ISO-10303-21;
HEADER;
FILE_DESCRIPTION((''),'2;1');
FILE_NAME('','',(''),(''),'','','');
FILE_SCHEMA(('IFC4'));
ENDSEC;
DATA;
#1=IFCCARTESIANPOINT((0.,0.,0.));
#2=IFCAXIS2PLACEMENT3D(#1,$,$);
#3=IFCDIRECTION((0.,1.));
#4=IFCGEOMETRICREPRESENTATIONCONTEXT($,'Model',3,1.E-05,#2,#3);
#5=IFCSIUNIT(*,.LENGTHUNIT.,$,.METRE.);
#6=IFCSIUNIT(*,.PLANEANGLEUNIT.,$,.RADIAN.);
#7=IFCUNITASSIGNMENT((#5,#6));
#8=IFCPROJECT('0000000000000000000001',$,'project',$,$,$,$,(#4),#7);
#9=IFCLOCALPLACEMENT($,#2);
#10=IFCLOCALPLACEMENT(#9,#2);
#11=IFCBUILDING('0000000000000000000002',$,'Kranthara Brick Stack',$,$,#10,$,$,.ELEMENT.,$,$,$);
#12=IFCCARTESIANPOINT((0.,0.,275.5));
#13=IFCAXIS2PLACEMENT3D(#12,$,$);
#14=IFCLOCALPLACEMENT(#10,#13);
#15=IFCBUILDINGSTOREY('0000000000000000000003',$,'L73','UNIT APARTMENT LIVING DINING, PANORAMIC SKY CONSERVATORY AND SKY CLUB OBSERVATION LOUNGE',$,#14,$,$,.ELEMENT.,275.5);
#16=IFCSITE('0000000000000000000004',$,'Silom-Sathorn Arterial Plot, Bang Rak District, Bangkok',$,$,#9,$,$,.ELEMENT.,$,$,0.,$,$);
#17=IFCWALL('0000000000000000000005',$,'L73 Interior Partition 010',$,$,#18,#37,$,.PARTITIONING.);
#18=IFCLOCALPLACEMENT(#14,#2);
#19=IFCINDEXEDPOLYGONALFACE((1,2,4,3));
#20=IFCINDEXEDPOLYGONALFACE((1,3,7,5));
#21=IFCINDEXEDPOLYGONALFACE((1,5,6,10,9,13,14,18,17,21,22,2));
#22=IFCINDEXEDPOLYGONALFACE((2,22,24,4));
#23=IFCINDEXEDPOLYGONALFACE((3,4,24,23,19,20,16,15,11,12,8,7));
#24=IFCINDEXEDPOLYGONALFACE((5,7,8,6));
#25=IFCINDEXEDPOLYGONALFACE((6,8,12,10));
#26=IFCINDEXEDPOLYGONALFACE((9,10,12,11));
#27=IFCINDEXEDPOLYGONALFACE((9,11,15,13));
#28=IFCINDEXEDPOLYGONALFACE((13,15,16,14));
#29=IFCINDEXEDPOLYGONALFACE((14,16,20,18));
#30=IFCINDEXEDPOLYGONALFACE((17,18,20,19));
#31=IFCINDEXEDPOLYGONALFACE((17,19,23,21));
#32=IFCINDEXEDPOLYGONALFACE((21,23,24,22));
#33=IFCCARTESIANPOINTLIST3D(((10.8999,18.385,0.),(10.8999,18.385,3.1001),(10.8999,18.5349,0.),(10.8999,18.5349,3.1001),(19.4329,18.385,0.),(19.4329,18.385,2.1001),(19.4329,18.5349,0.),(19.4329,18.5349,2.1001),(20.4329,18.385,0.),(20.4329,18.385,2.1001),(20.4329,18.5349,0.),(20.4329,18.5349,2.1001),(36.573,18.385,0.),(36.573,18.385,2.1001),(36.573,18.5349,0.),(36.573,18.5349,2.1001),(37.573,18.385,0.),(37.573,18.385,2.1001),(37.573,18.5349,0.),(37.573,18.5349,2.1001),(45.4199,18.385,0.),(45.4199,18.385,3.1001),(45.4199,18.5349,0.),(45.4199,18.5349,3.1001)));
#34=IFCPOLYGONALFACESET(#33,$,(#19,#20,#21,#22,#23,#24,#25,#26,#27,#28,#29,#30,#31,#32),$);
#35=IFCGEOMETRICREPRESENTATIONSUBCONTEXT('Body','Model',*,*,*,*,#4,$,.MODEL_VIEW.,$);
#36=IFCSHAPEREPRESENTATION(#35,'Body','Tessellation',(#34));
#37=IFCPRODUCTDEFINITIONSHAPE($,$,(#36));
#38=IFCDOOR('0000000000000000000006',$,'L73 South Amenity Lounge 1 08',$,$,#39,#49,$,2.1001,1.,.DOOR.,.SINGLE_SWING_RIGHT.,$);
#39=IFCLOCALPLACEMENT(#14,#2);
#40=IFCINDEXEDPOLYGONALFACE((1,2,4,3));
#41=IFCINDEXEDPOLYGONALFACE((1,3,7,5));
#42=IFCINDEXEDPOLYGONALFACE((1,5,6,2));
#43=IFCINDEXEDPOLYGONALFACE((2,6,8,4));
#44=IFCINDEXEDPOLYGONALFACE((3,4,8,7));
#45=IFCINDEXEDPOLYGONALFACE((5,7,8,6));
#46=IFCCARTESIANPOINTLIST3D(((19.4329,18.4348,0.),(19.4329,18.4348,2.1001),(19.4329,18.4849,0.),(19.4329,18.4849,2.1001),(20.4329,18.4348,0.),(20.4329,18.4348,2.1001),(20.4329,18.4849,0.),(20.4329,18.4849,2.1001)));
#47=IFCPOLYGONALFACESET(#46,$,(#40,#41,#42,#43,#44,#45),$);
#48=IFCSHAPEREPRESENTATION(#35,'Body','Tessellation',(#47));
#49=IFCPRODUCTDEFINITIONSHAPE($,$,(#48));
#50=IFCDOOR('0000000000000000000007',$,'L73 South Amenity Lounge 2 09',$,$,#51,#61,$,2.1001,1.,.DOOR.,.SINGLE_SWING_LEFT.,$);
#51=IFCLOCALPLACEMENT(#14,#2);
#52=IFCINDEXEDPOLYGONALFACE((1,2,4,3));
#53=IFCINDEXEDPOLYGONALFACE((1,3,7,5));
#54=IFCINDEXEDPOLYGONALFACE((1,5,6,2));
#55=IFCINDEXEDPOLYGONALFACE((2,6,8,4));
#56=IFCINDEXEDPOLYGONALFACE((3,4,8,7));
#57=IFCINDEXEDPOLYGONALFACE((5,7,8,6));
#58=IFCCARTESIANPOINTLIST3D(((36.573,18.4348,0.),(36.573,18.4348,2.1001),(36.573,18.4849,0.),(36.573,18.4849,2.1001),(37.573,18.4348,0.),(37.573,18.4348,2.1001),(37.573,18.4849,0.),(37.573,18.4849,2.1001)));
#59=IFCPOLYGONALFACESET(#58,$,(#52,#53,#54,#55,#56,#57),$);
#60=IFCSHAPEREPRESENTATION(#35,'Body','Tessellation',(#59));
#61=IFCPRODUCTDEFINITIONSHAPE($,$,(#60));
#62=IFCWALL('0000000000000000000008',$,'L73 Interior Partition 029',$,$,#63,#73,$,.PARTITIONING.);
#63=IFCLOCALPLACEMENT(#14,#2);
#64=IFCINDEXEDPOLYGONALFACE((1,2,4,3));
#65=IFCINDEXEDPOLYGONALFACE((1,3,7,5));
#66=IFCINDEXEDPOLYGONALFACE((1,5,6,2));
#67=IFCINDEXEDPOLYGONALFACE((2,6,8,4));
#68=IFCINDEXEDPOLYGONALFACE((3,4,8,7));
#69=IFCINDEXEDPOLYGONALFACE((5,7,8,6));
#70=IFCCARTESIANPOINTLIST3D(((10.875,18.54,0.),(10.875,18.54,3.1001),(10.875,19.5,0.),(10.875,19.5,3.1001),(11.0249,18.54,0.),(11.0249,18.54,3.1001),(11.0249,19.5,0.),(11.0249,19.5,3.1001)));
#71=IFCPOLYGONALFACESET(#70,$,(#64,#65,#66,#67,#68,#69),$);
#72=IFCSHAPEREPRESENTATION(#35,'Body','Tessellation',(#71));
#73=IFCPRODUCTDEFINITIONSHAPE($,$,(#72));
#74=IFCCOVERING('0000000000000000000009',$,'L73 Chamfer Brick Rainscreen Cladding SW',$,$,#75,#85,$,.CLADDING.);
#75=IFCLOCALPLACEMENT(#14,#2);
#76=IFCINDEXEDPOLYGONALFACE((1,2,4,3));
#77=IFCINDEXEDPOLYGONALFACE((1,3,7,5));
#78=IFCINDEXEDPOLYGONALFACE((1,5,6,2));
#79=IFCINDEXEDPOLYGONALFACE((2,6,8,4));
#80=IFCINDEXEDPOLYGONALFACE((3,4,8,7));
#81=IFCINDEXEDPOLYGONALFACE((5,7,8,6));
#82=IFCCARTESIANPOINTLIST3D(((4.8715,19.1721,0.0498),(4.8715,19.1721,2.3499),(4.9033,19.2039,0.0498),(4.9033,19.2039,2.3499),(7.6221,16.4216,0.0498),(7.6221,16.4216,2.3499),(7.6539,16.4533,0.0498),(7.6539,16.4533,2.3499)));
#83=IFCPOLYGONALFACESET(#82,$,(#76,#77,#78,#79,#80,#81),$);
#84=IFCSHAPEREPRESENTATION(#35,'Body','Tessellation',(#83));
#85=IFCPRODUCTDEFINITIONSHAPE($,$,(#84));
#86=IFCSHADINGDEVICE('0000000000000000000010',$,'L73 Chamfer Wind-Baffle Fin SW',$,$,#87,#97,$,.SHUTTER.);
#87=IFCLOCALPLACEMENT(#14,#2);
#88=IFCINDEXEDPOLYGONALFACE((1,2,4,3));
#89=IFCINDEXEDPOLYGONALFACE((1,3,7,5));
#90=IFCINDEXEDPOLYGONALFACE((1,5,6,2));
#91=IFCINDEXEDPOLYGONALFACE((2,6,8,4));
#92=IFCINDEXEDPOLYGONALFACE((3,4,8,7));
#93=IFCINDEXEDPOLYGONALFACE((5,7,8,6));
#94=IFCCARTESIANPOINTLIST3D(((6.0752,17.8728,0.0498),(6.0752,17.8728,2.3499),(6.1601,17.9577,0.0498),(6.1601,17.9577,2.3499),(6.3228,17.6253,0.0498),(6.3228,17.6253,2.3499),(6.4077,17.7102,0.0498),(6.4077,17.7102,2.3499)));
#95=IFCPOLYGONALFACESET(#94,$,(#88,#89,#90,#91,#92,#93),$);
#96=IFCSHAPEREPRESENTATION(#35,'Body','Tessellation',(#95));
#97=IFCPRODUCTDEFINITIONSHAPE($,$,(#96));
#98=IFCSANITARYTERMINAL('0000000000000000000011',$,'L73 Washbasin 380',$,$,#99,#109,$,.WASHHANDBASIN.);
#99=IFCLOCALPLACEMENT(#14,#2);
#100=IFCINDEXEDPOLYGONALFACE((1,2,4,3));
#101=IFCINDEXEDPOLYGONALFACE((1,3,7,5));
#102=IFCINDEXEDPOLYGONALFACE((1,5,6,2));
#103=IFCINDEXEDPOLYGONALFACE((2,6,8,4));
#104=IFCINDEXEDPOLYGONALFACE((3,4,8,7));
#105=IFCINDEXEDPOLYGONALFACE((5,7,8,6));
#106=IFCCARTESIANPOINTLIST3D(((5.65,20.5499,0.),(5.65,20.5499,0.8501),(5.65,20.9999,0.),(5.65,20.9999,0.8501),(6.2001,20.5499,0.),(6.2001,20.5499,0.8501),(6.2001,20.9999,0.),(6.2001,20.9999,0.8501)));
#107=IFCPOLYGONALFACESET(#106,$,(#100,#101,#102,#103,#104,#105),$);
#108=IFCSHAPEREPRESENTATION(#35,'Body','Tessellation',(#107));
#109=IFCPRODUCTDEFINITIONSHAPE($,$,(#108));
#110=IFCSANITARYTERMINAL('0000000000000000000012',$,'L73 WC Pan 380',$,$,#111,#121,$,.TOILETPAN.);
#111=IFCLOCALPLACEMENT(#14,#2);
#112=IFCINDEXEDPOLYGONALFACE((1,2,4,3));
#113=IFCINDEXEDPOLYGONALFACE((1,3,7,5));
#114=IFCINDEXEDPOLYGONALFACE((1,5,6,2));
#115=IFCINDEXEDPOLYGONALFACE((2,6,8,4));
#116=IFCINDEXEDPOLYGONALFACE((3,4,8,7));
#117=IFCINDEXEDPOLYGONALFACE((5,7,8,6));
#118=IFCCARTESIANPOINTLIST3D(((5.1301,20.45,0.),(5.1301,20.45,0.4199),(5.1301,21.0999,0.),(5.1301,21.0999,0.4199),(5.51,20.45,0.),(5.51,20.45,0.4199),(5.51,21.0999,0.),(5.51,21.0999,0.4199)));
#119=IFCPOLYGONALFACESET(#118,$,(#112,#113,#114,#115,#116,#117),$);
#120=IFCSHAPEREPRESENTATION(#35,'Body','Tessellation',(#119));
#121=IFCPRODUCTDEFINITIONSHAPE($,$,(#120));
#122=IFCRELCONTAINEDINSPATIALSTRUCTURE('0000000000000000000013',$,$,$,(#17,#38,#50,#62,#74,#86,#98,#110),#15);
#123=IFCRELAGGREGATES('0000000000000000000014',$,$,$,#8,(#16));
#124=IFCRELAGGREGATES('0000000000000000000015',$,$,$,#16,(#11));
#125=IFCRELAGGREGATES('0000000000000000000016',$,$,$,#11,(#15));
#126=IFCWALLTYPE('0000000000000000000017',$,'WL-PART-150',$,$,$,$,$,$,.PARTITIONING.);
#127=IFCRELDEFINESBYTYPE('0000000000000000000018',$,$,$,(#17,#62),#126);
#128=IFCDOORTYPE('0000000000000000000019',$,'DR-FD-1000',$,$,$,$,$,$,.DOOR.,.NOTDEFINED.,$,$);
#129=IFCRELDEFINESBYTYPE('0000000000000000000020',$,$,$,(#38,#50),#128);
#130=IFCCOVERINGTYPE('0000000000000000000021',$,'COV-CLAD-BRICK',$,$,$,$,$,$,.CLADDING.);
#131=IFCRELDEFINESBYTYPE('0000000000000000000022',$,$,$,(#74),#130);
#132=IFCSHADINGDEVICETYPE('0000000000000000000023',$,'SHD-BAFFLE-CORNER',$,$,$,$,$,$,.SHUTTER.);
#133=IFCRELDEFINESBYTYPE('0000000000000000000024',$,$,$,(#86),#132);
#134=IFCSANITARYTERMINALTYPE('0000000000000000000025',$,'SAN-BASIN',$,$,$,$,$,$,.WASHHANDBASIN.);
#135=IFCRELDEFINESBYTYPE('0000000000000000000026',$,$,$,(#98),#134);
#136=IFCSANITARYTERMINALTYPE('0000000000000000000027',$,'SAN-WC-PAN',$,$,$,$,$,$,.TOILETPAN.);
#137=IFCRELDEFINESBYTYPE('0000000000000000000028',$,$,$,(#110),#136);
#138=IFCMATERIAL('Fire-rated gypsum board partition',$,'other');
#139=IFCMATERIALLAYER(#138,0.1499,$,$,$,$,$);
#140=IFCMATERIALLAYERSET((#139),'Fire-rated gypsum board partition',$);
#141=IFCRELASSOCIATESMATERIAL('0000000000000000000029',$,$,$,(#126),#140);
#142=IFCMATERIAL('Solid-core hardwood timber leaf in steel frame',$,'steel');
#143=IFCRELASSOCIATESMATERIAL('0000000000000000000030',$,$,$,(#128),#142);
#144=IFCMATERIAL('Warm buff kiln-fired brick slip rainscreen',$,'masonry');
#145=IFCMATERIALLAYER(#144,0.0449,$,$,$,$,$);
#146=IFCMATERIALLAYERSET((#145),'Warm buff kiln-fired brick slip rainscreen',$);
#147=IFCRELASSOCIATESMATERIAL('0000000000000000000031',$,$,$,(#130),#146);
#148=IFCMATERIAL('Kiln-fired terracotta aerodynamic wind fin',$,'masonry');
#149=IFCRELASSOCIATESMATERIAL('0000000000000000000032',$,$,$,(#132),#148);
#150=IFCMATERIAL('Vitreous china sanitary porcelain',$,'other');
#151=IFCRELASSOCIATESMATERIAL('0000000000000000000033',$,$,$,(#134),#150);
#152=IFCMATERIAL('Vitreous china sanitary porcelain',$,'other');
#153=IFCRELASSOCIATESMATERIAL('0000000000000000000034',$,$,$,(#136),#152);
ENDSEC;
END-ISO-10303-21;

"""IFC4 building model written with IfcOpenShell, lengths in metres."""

from ifc_helpers import new_model, si_unit, direction, frame, frame_2d, origin, origin_2d, place, context, subcontext, project, spatial, rectangle, extrude, material, layer, layer_set, type_object, element, fill, save


model = new_model("IFC4")

# Units and contexts
model_context = context("Model", 3, precision=1e-05, world=origin(), true_north=direction((0.0, 1.0)))
body_context = subcontext(model_context, "Body", "Model", "MODEL_VIEW")
ifc_project = project(units=[si_unit("LENGTHUNIT", "METRE"), si_unit("PLANEANGLEUNIT", "RADIAN")], contexts=[model_context])

# Site, building, storey
site_placement = place(None, origin())
site = spatial("IfcSite", under=ifc_project, at=site_placement, Name="Silom-Sathorn Arterial Plot, Bang Rak District, Bangkok", CompositionType="ELEMENT", RefElevation=0.0)
building_placement = place(site_placement, origin())
building = spatial("IfcBuilding", under=site, at=building_placement, Name="Kranthara Brick Stack", CompositionType="ELEMENT")
storey_placement = place(building_placement, frame((0.0, 0.0, 275.5)))
storey = spatial("IfcBuildingStorey", under=building, at=storey_placement, Name="L73", Description="UNIT APARTMENT LIVING DINING, PANORAMIC SKY CONSERVATORY AND SKY CLUB OBSERVATION LOUNGE", CompositionType="ELEMENT", Elevation=275.5)

# Wall, openings, doors
ifc_material_1 = material(Name="Fire-rated gypsum board partition", Category="other")
ifc_layer_1 = layer(ifc_material_1, 0.1499)
ifc_layer_set_1 = layer_set([ifc_layer_1], Name="Fire-rated gypsum board partition")
wall_type_1 = type_object("IfcWallType", Name="WL-PART-150", PredefinedType="PARTITIONING", material=ifc_layer_set_1)
wall_1_placement = place(storey_placement, frame((10.8999, 18.46, 0.0), z_axis=(0.0, 0.0, 1.0), x_axis=(1.0, 0.0, 0.0)))
wall_1 = element("IfcWall", 1, at=wall_1_placement, inside=storey, type_object=wall_type_1, Name="L73 Interior Partition 010", PredefinedType="PARTITIONING", context=body_context, shape_type="SweptSolid", body=[
    extrude(rectangle(XDim=34.52, YDim=0.1499, at=frame_2d((17.26, 0.0))), origin(), (0.0, 0.0, 1.0), 3.1001),
])
opening_1_placement = place(wall_1_placement, frame((8.533, 0.0, 0.0)))
opening_1 = element("IfcOpeningElement", 2, at=opening_1_placement, cuts=wall_1, PredefinedType="OPENING", context=body_context, shape_type="SweptSolid", body=[
    extrude(rectangle(XDim=1.0, YDim=2.1001, at=frame_2d((0.5, 1.05))), frame((0.0, 0.085, 0.0), z_axis=(0.0, -1.0, 0.0), x_axis=(1.0, 0.0, 0.0)), (0.0, 0.0, 1.0), 0.1699),
])
opening_2_placement = place(wall_1_placement, frame((25.6731, 0.0, 0.0)))
opening_2 = element("IfcOpeningElement", 3, at=opening_2_placement, cuts=wall_1, PredefinedType="OPENING", context=body_context, shape_type="SweptSolid", body=[
    extrude(rectangle(XDim=1.0, YDim=2.1001, at=frame_2d((0.5, 1.05))), frame((0.0, 0.085, 0.0), z_axis=(0.0, -1.0, 0.0), x_axis=(1.0, 0.0, 0.0)), (0.0, 0.0, 1.0), 0.1699),
])
ifc_material_2 = material(Name="Solid-core hardwood timber leaf in steel frame", Category="steel")
door_type = type_object("IfcDoorType", Name="DR-FD-1000", OperationType="NOTDEFINED", PredefinedType="DOOR", material=ifc_material_2)
door_1_placement = place(opening_1_placement, origin())
door_1 = element("IfcDoor", 4, at=door_1_placement, inside=storey, type_object=door_type, Name="L73 South Amenity Lounge 1 08", OperationType="SINGLE_SWING_RIGHT", OverallHeight=2.1001, OverallWidth=1.0, PredefinedType="DOOR", context=body_context, shape_type="SweptSolid", body=[
    extrude(rectangle(XDim=1.0, YDim=2.1001, at=frame_2d((0.5, 1.05))), frame((0.0, 0.0249, 0.0), z_axis=(0.0, -1.0, 0.0), x_axis=(1.0, 0.0, 0.0)), (0.0, 0.0, 1.0), 0.05),
])
fill(opening_1, door_1)
door_2_placement = place(opening_2_placement, origin())
door_2 = element("IfcDoor", 5, at=door_2_placement, inside=storey, type_object=door_type, Name="L73 South Amenity Lounge 2 09", OperationType="SINGLE_SWING_LEFT", OverallHeight=2.1001, OverallWidth=1.0, PredefinedType="DOOR", context=body_context, shape_type="SweptSolid", body=[
    extrude(rectangle(XDim=1.0, YDim=2.1001, at=frame_2d((0.5, 1.05))), frame((0.0, 0.0249, 0.0), z_axis=(0.0, -1.0, 0.0), x_axis=(1.0, 0.0, 0.0)), (0.0, 0.0, 1.0), 0.05),
])
fill(opening_2, door_2)

# Wall
wall_2_placement = place(storey_placement, frame((10.95, 19.5, 0.0), z_axis=(0.0, 0.0, 1.0), x_axis=(0.0, -1.0, 0.0)))
element("IfcWall", 6, at=wall_2_placement, inside=storey, type_object=wall_type_1, Name="L73 Interior Partition 029", PredefinedType="PARTITIONING", context=body_context, shape_type="SweptSolid", body=[
    extrude(rectangle(XDim=0.96, YDim=0.1499, at=frame_2d((0.48, 0.0))), origin(), (0.0, 0.0, 1.0), 3.1001),
])

# Covering
ifc_material_3 = material(Name="Warm buff kiln-fired brick slip rainscreen", Category="masonry")
ifc_layer_2 = layer(ifc_material_3, 0.0449)
ifc_layer_set_2 = layer_set([ifc_layer_2], Name="Warm buff kiln-fired brick slip rainscreen")
covering_type = type_object("IfcCoveringType", Name="COV-CLAD-BRICK", PredefinedType="CLADDING", material=ifc_layer_set_2)
covering_placement = place(storey_placement, frame((6.2627, 17.8127, 0.0498), z_axis=(0.0, 0.0, 1.0), x_axis=(-0.707107, 0.707107, 0.0)))
element("IfcCovering", 7, at=covering_placement, inside=storey, type_object=covering_type, Name="L73 Chamfer Brick Rainscreen Cladding SW", PredefinedType="CLADDING", context=body_context, shape_type="SweptSolid", body=[
    extrude(rectangle(XDim=3.8899, YDim=0.0449, at=origin_2d()), origin(), (0.0, 0.0, 1.0), 2.3),
])

# Shading device
ifc_material_4 = material(Name="Kiln-fired terracotta aerodynamic wind fin", Category="masonry")
shading_device_type = type_object("IfcShadingDeviceType", Name="SHD-BAFFLE-CORNER", PredefinedType="SHUTTER", material=ifc_material_4)
shading_device_placement = place(storey_placement, frame((6.2415, 17.7915, 0.0498), z_axis=(0.0, 0.0, 1.0), x_axis=(-0.707107, 0.707107, 0.0)))
element("IfcShadingDevice", 8, at=shading_device_placement, inside=storey, type_object=shading_device_type, Name="L73 Chamfer Wind-Baffle Fin SW", PredefinedType="SHUTTER", context=body_context, shape_type="SweptSolid", body=[
    extrude(rectangle(XDim=0.3501, YDim=0.1201, at=origin_2d()), origin(), (0.0, 0.0, 1.0), 2.3),
])

# Sanitary terminals
ifc_material_5 = material(Name="Vitreous china sanitary porcelain", Category="other")
sanitary_terminal_type_1 = type_object("IfcSanitaryTerminalType", Name="SAN-BASIN", PredefinedType="WASHHANDBASIN", material=ifc_material_5)
sanitary_terminal_1_placement = place(storey_placement, frame((5.925, 20.7749, 0.0), z_axis=(0.0, 0.0, 1.0), x_axis=(1.0, 0.0, 0.0)))
element("IfcSanitaryTerminal", 9, at=sanitary_terminal_1_placement, inside=storey, type_object=sanitary_terminal_type_1, Name="L73 Washbasin 380", PredefinedType="WASHHANDBASIN", context=body_context, shape_type="SweptSolid", body=[
    extrude(rectangle(XDim=0.55, YDim=0.45, at=origin_2d()), origin(), (0.0, 0.0, 1.0), 0.8501),
])
ifc_material_6 = material(Name="Vitreous china sanitary porcelain", Category="other")
sanitary_terminal_type_2 = type_object("IfcSanitaryTerminalType", Name="SAN-WC-PAN", PredefinedType="TOILETPAN", material=ifc_material_6)
sanitary_terminal_2_placement = place(storey_placement, frame((5.3201, 20.7749, 0.0), z_axis=(0.0, 0.0, 1.0), x_axis=(1.0, 0.0, 0.0)))
element("IfcSanitaryTerminal", 10, at=sanitary_terminal_2_placement, inside=storey, type_object=sanitary_terminal_type_2, Name="L73 WC Pan 380", PredefinedType="TOILETPAN", context=body_context, shape_type="SweptSolid", body=[
    extrude(rectangle(XDim=0.3799, YDim=0.6499, at=origin_2d()), origin(), (0.0, 0.0, 1.0), 0.4199),
])

save(model, "model.ifc")
